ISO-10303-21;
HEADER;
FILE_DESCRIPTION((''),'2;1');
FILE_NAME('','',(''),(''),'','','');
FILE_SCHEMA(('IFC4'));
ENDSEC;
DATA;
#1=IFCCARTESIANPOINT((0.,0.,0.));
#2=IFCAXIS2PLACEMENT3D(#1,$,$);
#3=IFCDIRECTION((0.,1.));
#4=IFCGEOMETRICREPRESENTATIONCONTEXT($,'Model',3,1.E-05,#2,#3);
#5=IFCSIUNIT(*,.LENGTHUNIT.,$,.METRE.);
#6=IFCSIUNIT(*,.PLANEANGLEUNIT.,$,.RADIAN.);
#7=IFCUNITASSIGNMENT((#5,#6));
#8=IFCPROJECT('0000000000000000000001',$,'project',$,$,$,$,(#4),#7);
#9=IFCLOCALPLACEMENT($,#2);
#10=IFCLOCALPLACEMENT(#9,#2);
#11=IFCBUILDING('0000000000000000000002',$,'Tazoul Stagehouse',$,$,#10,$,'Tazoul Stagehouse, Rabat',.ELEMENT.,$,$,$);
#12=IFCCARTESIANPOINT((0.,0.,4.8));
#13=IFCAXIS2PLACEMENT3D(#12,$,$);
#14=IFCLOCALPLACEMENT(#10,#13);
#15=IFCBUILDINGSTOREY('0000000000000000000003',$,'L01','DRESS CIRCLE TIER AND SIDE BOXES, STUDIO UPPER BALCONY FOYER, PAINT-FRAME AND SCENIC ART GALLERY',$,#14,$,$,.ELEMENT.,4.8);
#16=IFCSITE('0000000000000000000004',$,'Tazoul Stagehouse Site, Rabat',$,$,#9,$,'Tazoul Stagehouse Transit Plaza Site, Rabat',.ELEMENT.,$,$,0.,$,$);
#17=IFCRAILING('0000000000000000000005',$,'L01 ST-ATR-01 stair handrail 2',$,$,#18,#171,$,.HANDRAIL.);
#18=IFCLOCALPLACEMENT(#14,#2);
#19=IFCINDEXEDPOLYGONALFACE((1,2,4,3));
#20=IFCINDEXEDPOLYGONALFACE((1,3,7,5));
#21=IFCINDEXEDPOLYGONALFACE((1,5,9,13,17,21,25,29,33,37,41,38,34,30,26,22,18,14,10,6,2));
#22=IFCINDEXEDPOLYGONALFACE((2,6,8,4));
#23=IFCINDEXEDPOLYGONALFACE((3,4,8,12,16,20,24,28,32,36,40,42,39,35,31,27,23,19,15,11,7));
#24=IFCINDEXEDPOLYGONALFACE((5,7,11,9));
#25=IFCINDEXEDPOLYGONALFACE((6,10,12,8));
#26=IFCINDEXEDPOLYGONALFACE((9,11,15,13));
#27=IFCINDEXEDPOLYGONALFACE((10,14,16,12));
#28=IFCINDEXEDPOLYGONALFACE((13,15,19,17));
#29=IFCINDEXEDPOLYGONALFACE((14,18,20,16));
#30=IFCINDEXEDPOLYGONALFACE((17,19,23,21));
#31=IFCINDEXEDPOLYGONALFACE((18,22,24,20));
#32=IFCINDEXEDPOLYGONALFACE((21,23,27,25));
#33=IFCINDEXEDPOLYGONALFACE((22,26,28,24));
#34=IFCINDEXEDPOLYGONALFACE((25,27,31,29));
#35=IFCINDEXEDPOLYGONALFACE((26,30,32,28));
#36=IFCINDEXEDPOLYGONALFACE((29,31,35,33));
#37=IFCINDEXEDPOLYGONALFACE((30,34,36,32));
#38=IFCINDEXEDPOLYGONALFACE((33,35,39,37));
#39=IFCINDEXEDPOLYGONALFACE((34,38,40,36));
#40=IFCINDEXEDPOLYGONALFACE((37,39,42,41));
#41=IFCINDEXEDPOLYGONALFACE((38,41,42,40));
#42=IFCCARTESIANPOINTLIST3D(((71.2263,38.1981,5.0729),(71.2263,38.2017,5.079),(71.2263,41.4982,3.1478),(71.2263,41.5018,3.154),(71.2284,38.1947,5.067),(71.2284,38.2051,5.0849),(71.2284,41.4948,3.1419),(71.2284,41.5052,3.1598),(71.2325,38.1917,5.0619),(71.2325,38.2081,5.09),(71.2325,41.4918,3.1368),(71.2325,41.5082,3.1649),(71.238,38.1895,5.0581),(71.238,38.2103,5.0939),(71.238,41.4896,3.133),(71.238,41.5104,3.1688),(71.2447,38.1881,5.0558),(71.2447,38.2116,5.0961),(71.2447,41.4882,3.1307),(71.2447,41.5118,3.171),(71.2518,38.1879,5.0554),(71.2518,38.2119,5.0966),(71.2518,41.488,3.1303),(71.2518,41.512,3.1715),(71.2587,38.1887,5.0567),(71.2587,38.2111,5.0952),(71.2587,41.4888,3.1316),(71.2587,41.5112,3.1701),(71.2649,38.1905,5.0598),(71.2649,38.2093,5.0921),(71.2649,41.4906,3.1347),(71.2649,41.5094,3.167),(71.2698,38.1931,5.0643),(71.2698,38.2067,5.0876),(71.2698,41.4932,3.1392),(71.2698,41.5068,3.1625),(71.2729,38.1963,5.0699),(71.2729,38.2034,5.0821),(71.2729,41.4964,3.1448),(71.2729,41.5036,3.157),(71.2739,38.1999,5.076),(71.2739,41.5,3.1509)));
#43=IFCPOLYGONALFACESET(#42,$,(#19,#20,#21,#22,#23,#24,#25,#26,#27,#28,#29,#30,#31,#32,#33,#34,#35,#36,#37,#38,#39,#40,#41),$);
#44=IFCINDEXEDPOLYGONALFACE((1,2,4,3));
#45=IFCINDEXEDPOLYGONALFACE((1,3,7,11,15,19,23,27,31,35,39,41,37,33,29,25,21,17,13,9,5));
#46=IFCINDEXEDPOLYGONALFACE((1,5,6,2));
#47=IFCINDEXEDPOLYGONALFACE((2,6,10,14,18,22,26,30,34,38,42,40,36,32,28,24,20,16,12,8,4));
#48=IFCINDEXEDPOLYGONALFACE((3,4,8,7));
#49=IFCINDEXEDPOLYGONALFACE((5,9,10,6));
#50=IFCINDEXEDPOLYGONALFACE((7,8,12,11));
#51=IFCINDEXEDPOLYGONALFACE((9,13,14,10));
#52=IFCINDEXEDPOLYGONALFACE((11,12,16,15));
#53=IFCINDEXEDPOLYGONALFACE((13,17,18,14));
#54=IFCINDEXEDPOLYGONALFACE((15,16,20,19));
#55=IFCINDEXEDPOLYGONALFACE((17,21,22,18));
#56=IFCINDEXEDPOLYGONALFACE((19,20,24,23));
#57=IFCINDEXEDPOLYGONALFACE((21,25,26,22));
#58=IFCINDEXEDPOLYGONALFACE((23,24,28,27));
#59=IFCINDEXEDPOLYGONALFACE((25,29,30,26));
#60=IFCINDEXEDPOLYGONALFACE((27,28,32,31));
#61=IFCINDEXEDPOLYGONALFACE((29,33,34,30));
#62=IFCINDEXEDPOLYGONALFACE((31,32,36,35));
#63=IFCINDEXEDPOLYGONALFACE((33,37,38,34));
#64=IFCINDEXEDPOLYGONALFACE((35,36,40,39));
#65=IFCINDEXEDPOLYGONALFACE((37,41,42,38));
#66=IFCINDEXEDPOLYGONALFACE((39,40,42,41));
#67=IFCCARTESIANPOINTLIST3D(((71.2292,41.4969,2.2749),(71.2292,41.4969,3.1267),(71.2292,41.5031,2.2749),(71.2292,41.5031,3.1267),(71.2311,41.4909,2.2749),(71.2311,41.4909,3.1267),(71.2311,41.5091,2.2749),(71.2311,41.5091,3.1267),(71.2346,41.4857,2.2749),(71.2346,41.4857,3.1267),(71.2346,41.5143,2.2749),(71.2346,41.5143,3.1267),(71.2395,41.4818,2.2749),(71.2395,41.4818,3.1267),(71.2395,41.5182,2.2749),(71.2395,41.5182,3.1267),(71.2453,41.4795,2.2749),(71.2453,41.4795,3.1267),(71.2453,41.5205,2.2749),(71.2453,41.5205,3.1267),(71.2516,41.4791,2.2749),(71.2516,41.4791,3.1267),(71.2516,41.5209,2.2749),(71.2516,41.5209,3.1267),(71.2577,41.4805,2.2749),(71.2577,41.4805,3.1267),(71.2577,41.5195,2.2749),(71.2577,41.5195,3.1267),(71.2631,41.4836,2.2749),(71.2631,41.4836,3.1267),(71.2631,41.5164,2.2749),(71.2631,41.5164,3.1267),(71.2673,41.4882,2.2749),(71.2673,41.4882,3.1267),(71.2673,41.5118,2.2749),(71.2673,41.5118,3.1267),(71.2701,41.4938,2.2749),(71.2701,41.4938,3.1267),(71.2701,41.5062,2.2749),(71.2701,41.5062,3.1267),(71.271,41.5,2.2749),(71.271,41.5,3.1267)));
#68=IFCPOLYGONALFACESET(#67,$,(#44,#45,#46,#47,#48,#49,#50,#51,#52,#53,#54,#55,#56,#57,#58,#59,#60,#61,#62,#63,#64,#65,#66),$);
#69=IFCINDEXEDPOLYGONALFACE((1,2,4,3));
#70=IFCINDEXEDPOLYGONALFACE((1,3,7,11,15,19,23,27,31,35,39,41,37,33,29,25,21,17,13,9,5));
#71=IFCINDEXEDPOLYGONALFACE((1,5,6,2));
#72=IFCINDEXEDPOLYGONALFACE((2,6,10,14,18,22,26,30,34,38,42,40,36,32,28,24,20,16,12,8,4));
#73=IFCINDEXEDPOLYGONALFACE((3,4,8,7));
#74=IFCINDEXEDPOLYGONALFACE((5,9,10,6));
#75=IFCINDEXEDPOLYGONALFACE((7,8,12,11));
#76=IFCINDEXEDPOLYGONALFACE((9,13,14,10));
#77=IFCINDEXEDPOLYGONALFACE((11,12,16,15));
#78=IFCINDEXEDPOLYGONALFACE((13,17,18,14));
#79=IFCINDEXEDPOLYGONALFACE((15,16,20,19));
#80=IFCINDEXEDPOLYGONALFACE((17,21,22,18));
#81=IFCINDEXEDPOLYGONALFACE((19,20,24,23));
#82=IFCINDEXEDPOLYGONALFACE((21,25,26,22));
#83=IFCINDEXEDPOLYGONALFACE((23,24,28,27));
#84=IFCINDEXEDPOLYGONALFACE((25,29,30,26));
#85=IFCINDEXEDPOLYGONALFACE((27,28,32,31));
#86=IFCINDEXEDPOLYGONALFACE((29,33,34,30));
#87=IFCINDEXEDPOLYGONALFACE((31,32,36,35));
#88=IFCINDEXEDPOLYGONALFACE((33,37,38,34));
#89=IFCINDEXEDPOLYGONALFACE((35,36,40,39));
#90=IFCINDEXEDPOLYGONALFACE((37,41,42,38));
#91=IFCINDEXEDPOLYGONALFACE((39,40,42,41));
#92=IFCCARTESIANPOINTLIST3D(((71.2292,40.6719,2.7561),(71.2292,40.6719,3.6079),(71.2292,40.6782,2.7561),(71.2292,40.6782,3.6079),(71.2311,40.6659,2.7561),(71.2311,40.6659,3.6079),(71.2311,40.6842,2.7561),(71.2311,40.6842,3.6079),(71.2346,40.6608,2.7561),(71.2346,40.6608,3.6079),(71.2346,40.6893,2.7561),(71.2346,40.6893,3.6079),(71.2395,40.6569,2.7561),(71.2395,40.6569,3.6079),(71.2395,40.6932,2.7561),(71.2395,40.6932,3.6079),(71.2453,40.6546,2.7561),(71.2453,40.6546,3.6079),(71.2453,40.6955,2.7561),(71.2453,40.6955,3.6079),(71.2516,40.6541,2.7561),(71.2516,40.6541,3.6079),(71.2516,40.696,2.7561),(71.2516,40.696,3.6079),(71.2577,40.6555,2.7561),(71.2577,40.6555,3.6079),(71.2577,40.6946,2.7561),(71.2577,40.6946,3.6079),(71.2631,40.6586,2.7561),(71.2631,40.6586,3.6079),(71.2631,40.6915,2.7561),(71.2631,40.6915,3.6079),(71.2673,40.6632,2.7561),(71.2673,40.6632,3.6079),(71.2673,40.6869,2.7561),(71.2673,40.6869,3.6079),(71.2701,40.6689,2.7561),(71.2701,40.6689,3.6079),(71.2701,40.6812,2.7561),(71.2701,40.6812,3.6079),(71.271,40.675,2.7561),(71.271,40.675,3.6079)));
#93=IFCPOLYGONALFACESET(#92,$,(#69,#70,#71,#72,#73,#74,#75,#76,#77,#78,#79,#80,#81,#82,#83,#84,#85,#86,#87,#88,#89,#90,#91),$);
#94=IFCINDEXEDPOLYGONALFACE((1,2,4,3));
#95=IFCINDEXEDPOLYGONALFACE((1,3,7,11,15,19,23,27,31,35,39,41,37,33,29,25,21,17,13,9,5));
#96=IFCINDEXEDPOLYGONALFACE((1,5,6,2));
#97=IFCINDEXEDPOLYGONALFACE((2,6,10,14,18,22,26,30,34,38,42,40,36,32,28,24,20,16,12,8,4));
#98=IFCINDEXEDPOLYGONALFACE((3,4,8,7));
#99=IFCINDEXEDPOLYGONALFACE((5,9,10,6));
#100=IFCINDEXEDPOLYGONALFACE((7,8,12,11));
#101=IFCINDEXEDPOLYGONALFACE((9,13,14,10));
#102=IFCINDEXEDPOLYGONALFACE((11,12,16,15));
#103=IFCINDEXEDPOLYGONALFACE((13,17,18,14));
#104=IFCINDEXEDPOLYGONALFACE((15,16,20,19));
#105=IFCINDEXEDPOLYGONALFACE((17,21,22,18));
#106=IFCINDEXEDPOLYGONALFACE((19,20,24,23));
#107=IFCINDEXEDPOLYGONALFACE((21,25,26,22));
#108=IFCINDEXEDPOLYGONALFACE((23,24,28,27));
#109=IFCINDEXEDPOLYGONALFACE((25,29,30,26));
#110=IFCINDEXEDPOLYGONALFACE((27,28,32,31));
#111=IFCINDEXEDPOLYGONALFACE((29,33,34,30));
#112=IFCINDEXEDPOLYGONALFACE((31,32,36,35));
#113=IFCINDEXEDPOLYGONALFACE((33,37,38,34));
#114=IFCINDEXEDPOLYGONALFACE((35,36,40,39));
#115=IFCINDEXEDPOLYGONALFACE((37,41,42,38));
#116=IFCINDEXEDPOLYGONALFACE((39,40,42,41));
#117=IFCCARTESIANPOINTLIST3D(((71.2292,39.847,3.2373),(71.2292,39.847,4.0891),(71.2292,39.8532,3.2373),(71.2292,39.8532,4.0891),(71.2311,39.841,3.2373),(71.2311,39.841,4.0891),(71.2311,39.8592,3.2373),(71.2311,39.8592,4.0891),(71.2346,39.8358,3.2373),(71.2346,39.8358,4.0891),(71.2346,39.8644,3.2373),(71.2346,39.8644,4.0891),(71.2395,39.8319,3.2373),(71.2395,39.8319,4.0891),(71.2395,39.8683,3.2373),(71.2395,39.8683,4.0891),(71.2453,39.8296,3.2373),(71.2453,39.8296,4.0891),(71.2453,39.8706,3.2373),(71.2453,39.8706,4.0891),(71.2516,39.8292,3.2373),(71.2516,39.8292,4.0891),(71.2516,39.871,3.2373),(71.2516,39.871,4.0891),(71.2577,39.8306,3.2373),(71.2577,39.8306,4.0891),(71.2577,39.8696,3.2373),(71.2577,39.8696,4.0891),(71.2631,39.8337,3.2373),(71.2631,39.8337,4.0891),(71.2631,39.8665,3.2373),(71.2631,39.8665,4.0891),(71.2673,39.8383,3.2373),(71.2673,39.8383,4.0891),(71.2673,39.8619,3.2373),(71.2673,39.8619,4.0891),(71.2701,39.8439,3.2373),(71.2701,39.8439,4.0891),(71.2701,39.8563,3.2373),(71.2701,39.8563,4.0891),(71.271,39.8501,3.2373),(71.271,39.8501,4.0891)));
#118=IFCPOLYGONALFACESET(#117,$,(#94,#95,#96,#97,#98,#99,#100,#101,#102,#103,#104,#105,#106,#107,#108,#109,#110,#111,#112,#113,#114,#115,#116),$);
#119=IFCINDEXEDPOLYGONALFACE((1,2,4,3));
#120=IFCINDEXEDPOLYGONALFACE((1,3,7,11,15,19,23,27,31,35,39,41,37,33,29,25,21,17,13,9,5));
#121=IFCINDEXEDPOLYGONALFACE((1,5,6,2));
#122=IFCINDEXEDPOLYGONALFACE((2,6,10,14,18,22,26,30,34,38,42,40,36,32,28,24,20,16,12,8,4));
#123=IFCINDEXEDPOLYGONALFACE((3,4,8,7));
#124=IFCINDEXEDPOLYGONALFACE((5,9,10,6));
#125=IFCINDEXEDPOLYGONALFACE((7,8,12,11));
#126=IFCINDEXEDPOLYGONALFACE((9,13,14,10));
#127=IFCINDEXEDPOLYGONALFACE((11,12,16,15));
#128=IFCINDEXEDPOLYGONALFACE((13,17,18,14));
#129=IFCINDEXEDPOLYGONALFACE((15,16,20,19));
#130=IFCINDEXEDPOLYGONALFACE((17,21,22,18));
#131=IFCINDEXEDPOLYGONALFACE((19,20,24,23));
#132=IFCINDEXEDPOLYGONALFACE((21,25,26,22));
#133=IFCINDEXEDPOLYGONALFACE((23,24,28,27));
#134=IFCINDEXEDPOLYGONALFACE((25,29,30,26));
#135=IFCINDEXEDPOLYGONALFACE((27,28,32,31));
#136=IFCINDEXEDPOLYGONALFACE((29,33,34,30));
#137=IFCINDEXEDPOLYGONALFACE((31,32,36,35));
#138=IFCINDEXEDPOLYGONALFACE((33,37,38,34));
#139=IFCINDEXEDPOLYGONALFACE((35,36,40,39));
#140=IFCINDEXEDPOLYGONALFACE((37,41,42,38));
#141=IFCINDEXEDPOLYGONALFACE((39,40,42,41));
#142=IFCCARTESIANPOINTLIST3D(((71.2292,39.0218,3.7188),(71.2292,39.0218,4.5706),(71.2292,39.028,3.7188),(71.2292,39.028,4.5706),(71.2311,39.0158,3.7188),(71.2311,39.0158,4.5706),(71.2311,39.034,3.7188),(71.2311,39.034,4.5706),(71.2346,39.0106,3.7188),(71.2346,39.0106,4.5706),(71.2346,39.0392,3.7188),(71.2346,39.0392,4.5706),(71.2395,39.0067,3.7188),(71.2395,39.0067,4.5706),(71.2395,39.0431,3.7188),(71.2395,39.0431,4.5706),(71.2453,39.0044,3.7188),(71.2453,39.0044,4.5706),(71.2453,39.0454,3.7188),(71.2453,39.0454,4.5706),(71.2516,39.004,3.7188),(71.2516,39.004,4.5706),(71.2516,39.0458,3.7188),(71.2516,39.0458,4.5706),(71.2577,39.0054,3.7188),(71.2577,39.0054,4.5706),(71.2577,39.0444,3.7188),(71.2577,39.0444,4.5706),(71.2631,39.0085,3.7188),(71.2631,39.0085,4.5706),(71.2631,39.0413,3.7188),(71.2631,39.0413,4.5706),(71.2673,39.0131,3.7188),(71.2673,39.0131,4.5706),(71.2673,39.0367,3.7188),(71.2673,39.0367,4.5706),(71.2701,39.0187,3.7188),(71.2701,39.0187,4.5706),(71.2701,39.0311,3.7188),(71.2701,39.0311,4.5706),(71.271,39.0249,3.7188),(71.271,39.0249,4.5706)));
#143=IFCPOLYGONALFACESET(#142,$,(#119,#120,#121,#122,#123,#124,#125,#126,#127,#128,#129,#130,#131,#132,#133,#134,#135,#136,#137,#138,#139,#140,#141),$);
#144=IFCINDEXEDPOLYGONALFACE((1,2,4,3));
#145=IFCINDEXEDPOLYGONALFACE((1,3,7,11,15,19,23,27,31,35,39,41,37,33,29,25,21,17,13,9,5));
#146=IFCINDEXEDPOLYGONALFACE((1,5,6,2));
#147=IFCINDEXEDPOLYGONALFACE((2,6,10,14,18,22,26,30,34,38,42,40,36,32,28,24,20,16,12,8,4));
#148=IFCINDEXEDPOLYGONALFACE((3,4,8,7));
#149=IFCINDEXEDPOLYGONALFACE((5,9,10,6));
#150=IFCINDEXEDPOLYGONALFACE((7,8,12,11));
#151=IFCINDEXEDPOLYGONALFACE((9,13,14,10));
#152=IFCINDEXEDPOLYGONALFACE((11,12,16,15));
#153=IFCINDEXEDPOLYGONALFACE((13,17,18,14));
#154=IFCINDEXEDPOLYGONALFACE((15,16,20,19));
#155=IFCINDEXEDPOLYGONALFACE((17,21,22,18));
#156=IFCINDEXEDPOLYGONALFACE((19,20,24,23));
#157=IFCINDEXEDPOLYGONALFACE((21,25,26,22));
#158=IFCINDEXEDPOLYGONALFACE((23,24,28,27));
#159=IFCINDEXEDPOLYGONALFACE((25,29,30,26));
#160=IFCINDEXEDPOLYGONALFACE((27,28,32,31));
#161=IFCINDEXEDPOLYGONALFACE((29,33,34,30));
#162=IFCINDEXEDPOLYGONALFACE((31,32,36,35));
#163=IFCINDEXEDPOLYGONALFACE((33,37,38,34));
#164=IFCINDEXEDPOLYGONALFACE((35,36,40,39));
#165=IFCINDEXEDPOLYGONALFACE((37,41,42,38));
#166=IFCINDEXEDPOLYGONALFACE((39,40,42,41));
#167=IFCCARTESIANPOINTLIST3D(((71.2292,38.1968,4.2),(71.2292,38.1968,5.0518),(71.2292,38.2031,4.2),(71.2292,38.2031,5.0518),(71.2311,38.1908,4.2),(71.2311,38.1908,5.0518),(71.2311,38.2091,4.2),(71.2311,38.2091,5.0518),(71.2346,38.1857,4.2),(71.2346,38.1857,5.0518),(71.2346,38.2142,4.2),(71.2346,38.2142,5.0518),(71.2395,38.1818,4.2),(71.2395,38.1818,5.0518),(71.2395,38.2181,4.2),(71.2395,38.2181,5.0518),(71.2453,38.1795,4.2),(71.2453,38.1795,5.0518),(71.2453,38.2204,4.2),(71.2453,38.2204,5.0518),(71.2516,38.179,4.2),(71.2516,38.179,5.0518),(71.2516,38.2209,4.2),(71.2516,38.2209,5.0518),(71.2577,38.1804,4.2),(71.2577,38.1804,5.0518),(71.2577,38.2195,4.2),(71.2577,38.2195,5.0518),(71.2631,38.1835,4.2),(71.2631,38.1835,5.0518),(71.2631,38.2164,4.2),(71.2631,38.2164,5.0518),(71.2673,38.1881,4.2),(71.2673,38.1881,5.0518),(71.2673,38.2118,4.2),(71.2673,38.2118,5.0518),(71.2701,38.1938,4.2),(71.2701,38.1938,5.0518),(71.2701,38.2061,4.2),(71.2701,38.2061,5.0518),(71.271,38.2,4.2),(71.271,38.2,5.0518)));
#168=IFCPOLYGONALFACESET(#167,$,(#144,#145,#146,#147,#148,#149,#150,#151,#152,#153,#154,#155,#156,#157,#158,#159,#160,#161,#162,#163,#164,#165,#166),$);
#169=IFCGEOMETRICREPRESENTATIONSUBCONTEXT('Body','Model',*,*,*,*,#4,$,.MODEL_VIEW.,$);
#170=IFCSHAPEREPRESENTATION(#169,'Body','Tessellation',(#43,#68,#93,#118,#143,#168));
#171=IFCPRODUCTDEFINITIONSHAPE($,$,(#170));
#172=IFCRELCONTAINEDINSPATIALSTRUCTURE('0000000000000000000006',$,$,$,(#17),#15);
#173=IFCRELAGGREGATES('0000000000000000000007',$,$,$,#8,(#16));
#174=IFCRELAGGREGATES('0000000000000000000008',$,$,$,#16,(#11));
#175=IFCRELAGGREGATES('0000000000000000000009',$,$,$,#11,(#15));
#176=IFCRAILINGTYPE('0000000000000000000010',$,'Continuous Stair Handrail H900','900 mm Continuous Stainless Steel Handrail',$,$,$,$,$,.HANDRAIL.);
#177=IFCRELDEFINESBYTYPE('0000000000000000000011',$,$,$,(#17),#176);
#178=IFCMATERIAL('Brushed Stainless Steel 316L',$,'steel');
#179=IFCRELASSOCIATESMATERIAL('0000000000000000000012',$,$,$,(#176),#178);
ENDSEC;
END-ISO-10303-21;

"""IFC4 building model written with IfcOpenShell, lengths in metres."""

from ifc_helpers import new_model, si_unit, direction, frame, origin, origin_2d, place, context, subcontext, project, spatial, circle, extrude, material, material_profile, profile_set, type_object, element, save


model = new_model("IFC4")

# Units and contexts
model_context = context("Model", 3, precision=1e-05, world=origin(), true_north=direction((0.0, 1.0)))
body_context = subcontext(model_context, "Body", "Model", "MODEL_VIEW")
ifc_project = project(units=[si_unit("LENGTHUNIT", "METRE"), si_unit("PLANEANGLEUNIT", "RADIAN")], contexts=[model_context])

# Site, building, storey
site_placement = place(None, origin())
site = spatial("IfcSite", under=ifc_project, at=site_placement, Name="Tazoul Stagehouse Site, Rabat", LongName="Tazoul Stagehouse Transit Plaza Site, Rabat", CompositionType="ELEMENT", RefElevation=0.0)
building_placement = place(site_placement, origin())
building = spatial("IfcBuilding", under=site, at=building_placement, Name="Tazoul Stagehouse", LongName="Tazoul Stagehouse, Rabat", CompositionType="ELEMENT")
storey_placement = place(building_placement, frame((0.0, 0.0, 4.8)))
storey = spatial("IfcBuildingStorey", under=building, at=storey_placement, Name="L01", Description="DRESS CIRCLE TIER AND SIDE BOXES, STUDIO UPPER BALCONY FOYER, PAINT-FRAME AND SCENIC ART GALLERY", CompositionType="ELEMENT", Elevation=4.8)

# Railing
ifc_material_1 = material(Name="Brushed Stainless Steel 316L", Category="steel")
ifc_material_profile_1 = material_profile(ifc_material_1, circle(Radius=0.021, at=origin_2d()), Name="SS HANDRAIL D42")
ifc_profile_set_1 = profile_set([ifc_material_profile_1], Name="Brushed Stainless Steel 316L")
railing_type_1 = type_object("IfcRailingType", Name="Continuous Stair Handrail H900", Description="900 mm Continuous Stainless Steel Handrail", PredefinedType="HANDRAIL", material=ifc_profile_set_1)
railing_1_placement = place(storey_placement, frame((71.25, 41.5, 2.2749)))
element("IfcRailing", 1, at=railing_1_placement, inside=storey, type_object=railing_type_1, Name="L01 ST-ATR-01 stair handrail 2", PredefinedType="HANDRAIL", context=body_context, shape_type="SweptSolid", body=[
    extrude(circle(Radius=0.0239, at=origin_2d()), frame((0.0, 0.0, 0.876), z_axis=(0.0, -0.863777, 0.503875), x_axis=(1.0, 0.0, 0.0)), (0.0, 0.0, 1.0), 3.8206),
    extrude(circle(Radius=0.021, at=origin_2d()), origin(), (0.0, 0.0, 1.0), 0.8518),
    extrude(circle(Radius=0.021, at=origin_2d()), frame((0.0, -0.825, 0.4812)), (0.0, 0.0, 1.0), 0.8518),
    extrude(circle(Radius=0.021, at=origin_2d()), frame((0.0, -1.6499, 0.9624)), (0.0, 0.0, 1.0), 0.8518),
    extrude(circle(Radius=0.021, at=origin_2d()), frame((0.0, -2.4751, 1.4438)), (0.0, 0.0, 1.0), 0.8518),
    extrude(circle(Radius=0.021, at=origin_2d()), frame((0.0, -3.3, 1.925)), (0.0, 0.0, 1.0), 0.8518),
])

save(model, "model.ifc")
